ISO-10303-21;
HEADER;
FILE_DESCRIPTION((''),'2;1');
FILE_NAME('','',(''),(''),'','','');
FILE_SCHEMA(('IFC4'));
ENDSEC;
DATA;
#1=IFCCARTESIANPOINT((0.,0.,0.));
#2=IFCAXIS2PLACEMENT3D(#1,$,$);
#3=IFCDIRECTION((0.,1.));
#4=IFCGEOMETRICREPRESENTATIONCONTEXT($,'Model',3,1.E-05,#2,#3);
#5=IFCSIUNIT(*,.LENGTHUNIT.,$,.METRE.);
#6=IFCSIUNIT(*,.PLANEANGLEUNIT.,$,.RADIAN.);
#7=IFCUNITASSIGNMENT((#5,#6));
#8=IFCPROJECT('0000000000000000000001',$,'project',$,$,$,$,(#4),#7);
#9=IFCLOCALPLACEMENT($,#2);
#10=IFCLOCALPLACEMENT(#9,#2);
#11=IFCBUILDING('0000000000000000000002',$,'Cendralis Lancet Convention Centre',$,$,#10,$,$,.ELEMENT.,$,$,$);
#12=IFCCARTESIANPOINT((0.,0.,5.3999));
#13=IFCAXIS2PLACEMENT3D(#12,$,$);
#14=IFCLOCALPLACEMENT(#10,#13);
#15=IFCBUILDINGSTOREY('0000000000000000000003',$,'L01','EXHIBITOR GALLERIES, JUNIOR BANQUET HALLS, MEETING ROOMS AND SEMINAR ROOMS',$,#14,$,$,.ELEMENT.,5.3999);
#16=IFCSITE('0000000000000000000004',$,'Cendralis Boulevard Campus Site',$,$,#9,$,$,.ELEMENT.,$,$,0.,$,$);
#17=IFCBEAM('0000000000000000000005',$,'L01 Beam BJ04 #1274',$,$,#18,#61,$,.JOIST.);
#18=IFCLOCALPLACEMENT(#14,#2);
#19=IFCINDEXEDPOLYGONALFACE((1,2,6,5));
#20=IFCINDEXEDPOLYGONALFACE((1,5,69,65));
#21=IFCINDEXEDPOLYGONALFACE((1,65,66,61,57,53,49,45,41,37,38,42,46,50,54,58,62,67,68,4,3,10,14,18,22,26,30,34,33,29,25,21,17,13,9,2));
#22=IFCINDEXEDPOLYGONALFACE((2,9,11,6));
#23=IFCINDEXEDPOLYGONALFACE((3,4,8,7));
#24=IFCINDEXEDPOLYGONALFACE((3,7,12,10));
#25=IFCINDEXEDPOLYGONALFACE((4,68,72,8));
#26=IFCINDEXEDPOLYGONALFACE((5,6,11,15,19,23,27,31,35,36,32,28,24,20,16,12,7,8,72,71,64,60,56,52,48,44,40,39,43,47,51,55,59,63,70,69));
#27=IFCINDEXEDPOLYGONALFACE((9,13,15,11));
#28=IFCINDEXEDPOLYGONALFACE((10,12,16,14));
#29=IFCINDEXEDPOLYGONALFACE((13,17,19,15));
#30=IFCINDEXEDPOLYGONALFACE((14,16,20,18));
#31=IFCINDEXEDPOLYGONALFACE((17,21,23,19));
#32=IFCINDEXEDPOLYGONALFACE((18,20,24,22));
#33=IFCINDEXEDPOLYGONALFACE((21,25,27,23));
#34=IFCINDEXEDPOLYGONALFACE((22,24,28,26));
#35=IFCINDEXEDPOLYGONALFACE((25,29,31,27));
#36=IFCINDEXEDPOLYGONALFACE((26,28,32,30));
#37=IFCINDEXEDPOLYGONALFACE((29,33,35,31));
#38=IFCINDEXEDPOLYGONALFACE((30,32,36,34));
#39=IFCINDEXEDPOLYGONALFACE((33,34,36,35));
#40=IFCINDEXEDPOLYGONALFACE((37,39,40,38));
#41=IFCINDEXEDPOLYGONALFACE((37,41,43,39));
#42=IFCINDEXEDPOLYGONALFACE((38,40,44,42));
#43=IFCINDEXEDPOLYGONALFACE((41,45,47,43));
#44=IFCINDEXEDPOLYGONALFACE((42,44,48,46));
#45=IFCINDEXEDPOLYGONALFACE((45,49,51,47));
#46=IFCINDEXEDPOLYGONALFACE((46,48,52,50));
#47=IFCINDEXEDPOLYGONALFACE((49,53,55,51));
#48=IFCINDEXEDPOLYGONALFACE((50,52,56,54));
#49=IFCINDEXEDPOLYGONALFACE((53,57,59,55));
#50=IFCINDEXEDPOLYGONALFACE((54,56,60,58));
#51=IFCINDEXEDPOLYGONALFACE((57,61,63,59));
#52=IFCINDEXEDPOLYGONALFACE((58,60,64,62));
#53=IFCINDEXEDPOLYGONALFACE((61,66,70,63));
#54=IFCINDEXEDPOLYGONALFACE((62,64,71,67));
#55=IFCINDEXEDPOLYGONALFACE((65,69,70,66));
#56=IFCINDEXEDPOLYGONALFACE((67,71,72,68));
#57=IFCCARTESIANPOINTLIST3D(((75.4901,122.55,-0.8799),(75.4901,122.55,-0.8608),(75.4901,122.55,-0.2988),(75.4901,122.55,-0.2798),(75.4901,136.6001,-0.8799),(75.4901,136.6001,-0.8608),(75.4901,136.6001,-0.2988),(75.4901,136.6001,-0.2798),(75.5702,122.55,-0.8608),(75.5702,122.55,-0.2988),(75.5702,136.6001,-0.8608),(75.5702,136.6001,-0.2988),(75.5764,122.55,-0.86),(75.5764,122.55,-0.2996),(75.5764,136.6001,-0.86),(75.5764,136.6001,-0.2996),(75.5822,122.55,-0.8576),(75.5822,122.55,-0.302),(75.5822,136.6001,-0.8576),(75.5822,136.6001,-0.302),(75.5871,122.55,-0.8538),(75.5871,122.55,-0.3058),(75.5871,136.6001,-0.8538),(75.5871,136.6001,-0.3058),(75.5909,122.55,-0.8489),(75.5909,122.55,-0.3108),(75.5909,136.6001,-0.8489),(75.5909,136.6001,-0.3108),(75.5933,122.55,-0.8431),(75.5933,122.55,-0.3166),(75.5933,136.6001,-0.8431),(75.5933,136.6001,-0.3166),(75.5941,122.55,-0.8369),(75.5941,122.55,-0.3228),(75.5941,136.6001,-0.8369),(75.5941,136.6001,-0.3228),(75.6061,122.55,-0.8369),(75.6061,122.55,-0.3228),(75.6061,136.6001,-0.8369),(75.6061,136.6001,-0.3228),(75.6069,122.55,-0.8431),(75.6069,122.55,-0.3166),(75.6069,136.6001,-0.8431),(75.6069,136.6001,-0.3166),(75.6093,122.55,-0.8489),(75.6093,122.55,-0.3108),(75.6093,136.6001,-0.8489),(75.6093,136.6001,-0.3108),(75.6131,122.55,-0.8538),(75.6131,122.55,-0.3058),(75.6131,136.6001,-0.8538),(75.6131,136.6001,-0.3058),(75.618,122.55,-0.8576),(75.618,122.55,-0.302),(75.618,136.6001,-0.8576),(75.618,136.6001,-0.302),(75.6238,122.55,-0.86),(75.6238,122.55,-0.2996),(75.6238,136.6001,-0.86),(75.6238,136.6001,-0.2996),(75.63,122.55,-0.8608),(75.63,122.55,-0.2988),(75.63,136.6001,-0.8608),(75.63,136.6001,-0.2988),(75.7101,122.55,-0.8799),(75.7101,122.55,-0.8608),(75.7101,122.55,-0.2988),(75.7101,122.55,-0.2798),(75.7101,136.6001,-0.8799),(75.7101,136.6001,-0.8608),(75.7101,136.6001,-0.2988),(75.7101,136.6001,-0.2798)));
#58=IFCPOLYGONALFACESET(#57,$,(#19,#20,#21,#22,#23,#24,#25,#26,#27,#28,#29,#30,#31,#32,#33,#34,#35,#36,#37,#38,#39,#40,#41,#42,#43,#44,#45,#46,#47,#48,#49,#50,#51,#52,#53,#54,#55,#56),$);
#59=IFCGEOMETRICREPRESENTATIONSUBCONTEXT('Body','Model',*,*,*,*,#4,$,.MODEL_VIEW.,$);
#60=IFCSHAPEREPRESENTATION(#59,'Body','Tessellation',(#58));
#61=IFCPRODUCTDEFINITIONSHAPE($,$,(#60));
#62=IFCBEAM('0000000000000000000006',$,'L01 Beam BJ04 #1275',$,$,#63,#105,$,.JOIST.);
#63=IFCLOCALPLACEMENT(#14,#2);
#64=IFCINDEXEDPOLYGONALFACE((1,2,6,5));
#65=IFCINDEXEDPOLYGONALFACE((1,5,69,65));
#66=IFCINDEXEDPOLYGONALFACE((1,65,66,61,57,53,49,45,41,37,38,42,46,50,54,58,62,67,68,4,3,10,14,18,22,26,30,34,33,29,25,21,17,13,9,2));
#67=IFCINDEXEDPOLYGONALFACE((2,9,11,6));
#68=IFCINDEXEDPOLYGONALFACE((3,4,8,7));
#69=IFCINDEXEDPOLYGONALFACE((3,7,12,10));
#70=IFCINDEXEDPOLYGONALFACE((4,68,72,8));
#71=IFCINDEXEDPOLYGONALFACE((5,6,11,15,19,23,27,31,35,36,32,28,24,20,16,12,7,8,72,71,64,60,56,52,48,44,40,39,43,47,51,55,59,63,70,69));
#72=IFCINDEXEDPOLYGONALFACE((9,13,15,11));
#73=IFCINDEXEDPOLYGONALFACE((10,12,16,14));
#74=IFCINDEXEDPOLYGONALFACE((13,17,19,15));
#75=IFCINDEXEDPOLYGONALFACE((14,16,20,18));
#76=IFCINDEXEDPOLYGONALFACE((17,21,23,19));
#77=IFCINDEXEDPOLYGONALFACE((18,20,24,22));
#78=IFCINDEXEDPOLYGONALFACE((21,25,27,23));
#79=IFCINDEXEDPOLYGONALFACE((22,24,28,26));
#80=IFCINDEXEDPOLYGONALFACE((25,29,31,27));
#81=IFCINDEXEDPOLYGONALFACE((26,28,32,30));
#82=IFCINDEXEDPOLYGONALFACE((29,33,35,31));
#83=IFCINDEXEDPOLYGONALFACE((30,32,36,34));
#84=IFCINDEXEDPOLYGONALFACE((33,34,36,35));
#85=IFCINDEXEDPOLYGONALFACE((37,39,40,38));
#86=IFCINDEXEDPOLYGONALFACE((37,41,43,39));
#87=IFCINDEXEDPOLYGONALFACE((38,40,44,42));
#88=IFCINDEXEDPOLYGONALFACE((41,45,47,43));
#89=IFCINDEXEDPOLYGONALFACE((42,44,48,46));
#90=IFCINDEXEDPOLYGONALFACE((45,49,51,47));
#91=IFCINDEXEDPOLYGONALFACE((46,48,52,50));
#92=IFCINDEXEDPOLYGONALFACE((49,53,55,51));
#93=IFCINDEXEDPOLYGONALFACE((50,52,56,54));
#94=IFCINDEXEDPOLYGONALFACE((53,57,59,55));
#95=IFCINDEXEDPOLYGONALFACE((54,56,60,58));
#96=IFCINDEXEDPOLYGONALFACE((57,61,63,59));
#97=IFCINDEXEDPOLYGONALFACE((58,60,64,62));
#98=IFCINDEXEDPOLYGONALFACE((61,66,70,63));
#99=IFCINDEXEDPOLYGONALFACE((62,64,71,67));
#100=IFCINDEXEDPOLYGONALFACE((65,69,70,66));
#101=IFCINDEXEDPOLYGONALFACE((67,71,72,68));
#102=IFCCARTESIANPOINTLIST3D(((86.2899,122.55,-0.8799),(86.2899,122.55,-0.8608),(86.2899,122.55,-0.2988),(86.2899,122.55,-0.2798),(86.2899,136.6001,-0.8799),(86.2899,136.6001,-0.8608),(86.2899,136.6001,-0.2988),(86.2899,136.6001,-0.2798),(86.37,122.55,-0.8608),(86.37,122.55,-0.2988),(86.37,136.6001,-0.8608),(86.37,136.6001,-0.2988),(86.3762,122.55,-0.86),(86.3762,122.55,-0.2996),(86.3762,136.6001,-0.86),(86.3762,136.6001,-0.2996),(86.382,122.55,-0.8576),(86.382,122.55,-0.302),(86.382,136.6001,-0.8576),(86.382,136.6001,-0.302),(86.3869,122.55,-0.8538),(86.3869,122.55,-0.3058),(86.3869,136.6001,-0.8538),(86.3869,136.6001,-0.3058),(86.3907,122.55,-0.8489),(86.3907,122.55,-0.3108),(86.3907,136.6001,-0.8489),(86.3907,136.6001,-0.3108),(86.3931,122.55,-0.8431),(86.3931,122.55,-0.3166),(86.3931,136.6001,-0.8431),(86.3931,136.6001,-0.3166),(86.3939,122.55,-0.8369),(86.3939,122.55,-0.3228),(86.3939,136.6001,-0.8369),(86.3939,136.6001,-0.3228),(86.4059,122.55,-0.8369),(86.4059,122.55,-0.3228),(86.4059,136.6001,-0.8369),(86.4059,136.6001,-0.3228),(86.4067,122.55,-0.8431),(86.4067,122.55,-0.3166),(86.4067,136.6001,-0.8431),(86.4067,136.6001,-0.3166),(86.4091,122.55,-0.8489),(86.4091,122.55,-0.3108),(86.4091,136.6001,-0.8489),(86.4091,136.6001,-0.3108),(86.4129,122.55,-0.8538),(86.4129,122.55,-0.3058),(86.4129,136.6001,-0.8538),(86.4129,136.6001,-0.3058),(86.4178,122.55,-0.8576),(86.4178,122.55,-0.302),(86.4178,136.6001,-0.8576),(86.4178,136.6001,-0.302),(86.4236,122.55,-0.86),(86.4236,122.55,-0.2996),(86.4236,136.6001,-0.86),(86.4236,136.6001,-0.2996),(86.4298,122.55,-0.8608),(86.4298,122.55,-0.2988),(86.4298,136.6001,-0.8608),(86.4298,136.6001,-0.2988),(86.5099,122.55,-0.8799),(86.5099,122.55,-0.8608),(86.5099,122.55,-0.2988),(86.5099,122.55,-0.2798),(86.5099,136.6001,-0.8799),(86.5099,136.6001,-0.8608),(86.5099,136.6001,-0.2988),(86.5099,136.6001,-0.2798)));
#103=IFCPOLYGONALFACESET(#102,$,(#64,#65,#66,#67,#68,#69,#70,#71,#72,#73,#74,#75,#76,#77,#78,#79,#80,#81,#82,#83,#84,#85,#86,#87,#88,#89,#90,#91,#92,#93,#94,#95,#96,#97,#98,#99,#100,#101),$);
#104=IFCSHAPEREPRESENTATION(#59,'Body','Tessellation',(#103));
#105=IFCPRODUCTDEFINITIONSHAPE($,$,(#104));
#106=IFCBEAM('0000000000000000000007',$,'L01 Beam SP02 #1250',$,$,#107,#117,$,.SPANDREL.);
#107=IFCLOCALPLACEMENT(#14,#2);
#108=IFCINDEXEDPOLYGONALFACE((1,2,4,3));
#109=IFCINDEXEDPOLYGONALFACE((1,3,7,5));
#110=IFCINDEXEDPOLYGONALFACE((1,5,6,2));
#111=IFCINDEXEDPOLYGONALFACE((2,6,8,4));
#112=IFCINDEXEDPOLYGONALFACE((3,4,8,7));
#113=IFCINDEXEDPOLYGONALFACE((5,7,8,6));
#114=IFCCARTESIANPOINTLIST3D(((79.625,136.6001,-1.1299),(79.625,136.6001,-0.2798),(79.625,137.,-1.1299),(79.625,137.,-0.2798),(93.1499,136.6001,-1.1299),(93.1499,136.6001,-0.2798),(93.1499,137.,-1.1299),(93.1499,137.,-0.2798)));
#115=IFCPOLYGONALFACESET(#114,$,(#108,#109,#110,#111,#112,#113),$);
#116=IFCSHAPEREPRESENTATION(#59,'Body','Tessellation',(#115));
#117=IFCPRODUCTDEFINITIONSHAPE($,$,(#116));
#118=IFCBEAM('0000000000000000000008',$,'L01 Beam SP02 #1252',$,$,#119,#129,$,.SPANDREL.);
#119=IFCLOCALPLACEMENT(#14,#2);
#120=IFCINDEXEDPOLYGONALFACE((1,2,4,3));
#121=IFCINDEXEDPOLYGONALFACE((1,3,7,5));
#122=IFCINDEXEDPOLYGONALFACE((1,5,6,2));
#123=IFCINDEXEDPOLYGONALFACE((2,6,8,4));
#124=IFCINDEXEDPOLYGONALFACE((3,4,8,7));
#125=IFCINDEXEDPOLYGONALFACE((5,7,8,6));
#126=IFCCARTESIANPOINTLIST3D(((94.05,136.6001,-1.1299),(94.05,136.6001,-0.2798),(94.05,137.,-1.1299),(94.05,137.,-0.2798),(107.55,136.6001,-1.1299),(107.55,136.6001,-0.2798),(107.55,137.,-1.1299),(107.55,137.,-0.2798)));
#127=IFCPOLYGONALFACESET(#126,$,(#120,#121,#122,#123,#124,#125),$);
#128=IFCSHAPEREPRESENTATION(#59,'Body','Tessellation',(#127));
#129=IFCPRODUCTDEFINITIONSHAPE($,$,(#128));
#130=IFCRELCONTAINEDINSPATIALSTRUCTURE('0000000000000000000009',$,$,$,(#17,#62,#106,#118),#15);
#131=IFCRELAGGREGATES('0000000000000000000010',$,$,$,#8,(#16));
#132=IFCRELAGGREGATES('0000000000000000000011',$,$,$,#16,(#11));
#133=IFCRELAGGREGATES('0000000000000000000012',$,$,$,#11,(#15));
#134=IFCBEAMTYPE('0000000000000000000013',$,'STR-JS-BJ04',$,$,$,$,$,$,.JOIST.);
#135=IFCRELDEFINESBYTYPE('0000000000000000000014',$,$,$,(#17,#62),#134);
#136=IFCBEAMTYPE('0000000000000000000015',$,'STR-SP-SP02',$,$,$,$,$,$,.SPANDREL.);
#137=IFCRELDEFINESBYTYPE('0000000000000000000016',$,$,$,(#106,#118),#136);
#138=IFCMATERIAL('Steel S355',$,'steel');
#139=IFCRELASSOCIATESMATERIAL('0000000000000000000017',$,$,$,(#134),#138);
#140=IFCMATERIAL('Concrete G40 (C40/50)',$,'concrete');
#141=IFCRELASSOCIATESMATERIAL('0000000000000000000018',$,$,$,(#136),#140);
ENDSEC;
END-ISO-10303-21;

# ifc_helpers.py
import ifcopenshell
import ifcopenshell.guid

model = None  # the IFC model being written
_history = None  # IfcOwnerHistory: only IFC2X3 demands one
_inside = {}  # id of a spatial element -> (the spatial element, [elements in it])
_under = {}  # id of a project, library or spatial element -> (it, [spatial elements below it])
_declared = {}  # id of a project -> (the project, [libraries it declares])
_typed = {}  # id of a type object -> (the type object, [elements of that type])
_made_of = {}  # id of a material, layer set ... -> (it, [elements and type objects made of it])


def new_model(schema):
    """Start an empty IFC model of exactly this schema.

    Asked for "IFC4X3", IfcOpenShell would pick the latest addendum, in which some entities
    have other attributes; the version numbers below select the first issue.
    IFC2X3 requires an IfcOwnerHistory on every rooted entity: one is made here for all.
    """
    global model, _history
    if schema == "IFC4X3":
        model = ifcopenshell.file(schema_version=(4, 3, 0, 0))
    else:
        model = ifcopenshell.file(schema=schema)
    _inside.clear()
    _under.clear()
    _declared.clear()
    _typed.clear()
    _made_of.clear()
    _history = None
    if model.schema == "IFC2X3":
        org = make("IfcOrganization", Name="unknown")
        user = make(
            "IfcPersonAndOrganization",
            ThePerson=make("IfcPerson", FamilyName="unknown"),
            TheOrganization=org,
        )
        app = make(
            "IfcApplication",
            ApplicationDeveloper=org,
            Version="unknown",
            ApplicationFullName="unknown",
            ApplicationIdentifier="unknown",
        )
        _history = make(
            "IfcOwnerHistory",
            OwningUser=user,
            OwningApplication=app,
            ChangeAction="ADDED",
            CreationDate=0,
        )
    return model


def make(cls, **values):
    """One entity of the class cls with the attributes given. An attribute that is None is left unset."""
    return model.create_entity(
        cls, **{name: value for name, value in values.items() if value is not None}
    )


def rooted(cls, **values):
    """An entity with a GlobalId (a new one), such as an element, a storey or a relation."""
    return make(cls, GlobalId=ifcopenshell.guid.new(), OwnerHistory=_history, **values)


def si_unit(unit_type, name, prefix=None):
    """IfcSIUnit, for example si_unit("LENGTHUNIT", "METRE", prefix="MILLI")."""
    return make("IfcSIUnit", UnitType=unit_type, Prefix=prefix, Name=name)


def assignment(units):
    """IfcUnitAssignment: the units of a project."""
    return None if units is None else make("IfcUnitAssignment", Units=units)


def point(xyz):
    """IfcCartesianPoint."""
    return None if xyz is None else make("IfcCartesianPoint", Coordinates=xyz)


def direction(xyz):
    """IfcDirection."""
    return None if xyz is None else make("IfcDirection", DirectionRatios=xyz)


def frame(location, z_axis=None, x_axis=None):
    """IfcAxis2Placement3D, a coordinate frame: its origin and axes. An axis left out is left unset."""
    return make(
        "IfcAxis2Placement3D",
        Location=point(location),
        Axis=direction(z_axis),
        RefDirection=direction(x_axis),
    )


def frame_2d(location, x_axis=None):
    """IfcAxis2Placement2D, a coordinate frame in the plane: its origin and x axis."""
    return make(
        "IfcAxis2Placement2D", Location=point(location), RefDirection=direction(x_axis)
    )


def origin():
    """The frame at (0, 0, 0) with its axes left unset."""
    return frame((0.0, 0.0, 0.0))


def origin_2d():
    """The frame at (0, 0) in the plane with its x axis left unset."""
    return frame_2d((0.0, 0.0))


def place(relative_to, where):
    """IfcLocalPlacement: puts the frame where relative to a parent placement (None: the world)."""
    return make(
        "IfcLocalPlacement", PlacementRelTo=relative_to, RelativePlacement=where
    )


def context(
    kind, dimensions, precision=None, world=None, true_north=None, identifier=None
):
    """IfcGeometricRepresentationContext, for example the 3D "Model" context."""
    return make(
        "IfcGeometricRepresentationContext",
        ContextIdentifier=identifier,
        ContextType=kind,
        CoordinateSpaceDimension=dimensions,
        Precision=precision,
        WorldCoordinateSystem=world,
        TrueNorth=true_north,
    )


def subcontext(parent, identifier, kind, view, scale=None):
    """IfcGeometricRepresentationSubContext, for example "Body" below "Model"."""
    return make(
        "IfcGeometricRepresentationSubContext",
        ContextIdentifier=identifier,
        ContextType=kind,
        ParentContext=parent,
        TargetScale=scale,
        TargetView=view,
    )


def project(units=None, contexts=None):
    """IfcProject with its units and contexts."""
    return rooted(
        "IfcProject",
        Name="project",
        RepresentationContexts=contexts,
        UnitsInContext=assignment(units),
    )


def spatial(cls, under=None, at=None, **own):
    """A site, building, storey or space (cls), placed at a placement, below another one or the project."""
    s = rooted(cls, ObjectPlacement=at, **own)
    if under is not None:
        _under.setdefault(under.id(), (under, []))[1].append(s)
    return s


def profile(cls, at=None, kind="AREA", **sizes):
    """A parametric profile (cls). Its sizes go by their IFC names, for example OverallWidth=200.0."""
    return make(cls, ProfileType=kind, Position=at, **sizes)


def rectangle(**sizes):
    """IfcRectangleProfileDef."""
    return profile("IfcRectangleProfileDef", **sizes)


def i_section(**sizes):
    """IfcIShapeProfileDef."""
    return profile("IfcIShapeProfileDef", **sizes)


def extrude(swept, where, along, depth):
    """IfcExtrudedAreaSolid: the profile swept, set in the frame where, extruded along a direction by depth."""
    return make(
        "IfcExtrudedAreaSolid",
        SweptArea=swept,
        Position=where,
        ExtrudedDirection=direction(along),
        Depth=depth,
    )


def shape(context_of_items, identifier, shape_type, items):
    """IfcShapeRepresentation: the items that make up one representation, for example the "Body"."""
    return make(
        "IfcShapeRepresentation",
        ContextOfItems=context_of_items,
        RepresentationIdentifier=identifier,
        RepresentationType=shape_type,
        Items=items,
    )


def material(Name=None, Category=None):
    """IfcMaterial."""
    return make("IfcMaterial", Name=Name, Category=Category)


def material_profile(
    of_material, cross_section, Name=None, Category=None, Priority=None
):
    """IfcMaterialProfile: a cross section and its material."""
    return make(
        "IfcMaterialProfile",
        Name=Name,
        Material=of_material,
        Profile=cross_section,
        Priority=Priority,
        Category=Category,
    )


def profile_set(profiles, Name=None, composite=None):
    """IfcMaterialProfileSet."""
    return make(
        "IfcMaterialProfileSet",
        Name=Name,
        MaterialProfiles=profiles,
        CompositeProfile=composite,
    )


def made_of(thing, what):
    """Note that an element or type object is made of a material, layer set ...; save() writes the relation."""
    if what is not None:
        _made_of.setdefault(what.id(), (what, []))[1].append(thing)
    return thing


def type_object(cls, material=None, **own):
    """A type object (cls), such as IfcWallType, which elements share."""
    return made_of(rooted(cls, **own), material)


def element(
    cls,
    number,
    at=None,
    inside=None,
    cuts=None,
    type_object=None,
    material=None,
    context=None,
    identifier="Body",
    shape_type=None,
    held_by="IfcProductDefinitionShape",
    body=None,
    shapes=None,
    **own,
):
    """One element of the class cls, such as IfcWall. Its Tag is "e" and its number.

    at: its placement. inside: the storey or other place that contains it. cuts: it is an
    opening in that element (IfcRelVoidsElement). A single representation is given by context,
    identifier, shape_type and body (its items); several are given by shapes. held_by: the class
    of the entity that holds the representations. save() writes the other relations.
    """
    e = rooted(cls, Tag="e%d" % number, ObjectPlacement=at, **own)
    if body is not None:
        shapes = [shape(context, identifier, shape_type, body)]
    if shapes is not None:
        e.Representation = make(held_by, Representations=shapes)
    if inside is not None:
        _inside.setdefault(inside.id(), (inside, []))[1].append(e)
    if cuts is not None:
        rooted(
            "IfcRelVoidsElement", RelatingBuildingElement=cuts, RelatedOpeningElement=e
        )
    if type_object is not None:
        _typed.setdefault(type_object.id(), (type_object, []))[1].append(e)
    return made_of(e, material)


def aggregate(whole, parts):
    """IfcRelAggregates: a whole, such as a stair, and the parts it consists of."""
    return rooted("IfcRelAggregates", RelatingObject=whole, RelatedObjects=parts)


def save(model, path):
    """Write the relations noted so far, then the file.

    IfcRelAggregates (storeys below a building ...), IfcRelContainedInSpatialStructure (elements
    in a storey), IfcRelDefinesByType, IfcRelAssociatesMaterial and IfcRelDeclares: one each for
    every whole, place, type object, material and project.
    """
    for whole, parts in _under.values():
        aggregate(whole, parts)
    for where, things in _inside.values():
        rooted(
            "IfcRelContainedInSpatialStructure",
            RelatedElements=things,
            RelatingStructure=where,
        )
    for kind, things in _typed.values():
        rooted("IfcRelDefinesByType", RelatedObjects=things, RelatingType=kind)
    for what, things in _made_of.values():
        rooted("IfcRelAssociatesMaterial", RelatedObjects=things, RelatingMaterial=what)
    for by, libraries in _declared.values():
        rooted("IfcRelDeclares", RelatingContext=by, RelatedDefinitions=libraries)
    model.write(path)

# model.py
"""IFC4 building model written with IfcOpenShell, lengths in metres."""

from ifc_helpers import new_model, si_unit, direction, frame, origin, origin_2d, place, context, subcontext, project, spatial, rectangle, i_section, extrude, material, material_profile, profile_set, type_object, element, save


model = new_model("IFC4")

# Units and contexts
model_context = context("Model", 3, precision=1e-05, world=origin(), true_north=direction((0.0, 1.0)))
body_context = subcontext(model_context, "Body", "Model", "MODEL_VIEW")
ifc_project = project(units=[si_unit("LENGTHUNIT", "METRE"), si_unit("PLANEANGLEUNIT", "RADIAN")], contexts=[model_context])

# Site, building, storey
site_placement = place(None, origin())
site = spatial("IfcSite", under=ifc_project, at=site_placement, Name="Cendralis Boulevard Campus Site", CompositionType="ELEMENT", RefElevation=0.0)
building_placement = place(site_placement, origin())
building = spatial("IfcBuilding", under=site, at=building_placement, Name="Cendralis Lancet Convention Centre", CompositionType="ELEMENT")
storey_placement = place(building_placement, frame((0.0, 0.0, 5.3999)))
storey = spatial("IfcBuildingStorey", under=building, at=storey_placement, Name="L01", Description="EXHIBITOR GALLERIES, JUNIOR BANQUET HALLS, MEETING ROOMS AND SEMINAR ROOMS", CompositionType="ELEMENT", Elevation=5.3999)

# Shared definitions
ifc_material_1 = material(Name="Concrete G40 (C40/50)", Category="concrete")

# Beams
ifc_material_2 = material(Name="Steel S355", Category="steel")
ifc_material_profile_1 = material_profile(ifc_material_2, i_section(OverallWidth=0.22, OverallDepth=0.6001, WebThickness=0.012, FlangeThickness=0.019, FilletRadius=0.0239, at=origin_2d()), Name="IPE 600")
ifc_profile_set_1 = profile_set([ifc_material_profile_1], Name="Steel S355")
beam_type_1 = type_object("IfcBeamType", Name="STR-JS-BJ04", PredefinedType="JOIST", material=ifc_profile_set_1)
for number, where, z_axis, x_axis, name in (
    (1, (75.6001, 122.55, -0.5798), (0.0, 1.0, 0.0), (-1.0, 0.0, 0.0), "L01 Beam BJ04 #1274"),
    (2, (86.3999, 122.55, -0.5798), (0.0, 1.0, 0.0), (-1.0, 0.0, 0.0), "L01 Beam BJ04 #1275"),
):
    element("IfcBeam", number, at=place(storey_placement, frame(where, z_axis=z_axis, x_axis=x_axis)), inside=storey, type_object=beam_type_1, Name=name, PredefinedType="JOIST", context=body_context, shape_type="SweptSolid", body=[
        extrude(i_section(OverallWidth=0.22, OverallDepth=0.6001, WebThickness=0.012, FlangeThickness=0.019, FilletRadius=0.0239, at=origin_2d()), origin(), (0.0, 0.0, 1.0), 14.05),
    ])
ifc_material_profile_2 = material_profile(ifc_material_1, rectangle(XDim=0.3999, YDim=0.8501, at=origin_2d()), Name="RCB 400x850")
ifc_profile_set_2 = profile_set([ifc_material_profile_2], Name="Concrete G40 (C40/50)")
beam_type_2 = type_object("IfcBeamType", Name="STR-SP-SP02", PredefinedType="SPANDREL", material=ifc_profile_set_2)
beam_1_placement = place(storey_placement, frame((79.625, 136.8, -0.7048), z_axis=(1.0, 0.0, 0.0), x_axis=(0.0, 1.0, 0.0)))
element("IfcBeam", 3, at=beam_1_placement, inside=storey, type_object=beam_type_2, Name="L01 Beam SP02 #1250", PredefinedType="SPANDREL", context=body_context, shape_type="SweptSolid", body=[
    extrude(rectangle(XDim=0.3999, YDim=0.8501, at=origin_2d()), origin(), (0.0, 0.0, 1.0), 13.5249),
])
beam_2_placement = place(storey_placement, frame((94.05, 136.8, -0.7048), z_axis=(1.0, 0.0, 0.0), x_axis=(0.0, 1.0, 0.0)))
element("IfcBeam", 4, at=beam_2_placement, inside=storey, type_object=beam_type_2, Name="L01 Beam SP02 #1252", PredefinedType="SPANDREL", context=body_context, shape_type="SweptSolid", body=[
    extrude(rectangle(XDim=0.3999, YDim=0.8501, at=origin_2d()), origin(), (0.0, 0.0, 1.0), 13.5),
])

save(model, "model.ifc")
